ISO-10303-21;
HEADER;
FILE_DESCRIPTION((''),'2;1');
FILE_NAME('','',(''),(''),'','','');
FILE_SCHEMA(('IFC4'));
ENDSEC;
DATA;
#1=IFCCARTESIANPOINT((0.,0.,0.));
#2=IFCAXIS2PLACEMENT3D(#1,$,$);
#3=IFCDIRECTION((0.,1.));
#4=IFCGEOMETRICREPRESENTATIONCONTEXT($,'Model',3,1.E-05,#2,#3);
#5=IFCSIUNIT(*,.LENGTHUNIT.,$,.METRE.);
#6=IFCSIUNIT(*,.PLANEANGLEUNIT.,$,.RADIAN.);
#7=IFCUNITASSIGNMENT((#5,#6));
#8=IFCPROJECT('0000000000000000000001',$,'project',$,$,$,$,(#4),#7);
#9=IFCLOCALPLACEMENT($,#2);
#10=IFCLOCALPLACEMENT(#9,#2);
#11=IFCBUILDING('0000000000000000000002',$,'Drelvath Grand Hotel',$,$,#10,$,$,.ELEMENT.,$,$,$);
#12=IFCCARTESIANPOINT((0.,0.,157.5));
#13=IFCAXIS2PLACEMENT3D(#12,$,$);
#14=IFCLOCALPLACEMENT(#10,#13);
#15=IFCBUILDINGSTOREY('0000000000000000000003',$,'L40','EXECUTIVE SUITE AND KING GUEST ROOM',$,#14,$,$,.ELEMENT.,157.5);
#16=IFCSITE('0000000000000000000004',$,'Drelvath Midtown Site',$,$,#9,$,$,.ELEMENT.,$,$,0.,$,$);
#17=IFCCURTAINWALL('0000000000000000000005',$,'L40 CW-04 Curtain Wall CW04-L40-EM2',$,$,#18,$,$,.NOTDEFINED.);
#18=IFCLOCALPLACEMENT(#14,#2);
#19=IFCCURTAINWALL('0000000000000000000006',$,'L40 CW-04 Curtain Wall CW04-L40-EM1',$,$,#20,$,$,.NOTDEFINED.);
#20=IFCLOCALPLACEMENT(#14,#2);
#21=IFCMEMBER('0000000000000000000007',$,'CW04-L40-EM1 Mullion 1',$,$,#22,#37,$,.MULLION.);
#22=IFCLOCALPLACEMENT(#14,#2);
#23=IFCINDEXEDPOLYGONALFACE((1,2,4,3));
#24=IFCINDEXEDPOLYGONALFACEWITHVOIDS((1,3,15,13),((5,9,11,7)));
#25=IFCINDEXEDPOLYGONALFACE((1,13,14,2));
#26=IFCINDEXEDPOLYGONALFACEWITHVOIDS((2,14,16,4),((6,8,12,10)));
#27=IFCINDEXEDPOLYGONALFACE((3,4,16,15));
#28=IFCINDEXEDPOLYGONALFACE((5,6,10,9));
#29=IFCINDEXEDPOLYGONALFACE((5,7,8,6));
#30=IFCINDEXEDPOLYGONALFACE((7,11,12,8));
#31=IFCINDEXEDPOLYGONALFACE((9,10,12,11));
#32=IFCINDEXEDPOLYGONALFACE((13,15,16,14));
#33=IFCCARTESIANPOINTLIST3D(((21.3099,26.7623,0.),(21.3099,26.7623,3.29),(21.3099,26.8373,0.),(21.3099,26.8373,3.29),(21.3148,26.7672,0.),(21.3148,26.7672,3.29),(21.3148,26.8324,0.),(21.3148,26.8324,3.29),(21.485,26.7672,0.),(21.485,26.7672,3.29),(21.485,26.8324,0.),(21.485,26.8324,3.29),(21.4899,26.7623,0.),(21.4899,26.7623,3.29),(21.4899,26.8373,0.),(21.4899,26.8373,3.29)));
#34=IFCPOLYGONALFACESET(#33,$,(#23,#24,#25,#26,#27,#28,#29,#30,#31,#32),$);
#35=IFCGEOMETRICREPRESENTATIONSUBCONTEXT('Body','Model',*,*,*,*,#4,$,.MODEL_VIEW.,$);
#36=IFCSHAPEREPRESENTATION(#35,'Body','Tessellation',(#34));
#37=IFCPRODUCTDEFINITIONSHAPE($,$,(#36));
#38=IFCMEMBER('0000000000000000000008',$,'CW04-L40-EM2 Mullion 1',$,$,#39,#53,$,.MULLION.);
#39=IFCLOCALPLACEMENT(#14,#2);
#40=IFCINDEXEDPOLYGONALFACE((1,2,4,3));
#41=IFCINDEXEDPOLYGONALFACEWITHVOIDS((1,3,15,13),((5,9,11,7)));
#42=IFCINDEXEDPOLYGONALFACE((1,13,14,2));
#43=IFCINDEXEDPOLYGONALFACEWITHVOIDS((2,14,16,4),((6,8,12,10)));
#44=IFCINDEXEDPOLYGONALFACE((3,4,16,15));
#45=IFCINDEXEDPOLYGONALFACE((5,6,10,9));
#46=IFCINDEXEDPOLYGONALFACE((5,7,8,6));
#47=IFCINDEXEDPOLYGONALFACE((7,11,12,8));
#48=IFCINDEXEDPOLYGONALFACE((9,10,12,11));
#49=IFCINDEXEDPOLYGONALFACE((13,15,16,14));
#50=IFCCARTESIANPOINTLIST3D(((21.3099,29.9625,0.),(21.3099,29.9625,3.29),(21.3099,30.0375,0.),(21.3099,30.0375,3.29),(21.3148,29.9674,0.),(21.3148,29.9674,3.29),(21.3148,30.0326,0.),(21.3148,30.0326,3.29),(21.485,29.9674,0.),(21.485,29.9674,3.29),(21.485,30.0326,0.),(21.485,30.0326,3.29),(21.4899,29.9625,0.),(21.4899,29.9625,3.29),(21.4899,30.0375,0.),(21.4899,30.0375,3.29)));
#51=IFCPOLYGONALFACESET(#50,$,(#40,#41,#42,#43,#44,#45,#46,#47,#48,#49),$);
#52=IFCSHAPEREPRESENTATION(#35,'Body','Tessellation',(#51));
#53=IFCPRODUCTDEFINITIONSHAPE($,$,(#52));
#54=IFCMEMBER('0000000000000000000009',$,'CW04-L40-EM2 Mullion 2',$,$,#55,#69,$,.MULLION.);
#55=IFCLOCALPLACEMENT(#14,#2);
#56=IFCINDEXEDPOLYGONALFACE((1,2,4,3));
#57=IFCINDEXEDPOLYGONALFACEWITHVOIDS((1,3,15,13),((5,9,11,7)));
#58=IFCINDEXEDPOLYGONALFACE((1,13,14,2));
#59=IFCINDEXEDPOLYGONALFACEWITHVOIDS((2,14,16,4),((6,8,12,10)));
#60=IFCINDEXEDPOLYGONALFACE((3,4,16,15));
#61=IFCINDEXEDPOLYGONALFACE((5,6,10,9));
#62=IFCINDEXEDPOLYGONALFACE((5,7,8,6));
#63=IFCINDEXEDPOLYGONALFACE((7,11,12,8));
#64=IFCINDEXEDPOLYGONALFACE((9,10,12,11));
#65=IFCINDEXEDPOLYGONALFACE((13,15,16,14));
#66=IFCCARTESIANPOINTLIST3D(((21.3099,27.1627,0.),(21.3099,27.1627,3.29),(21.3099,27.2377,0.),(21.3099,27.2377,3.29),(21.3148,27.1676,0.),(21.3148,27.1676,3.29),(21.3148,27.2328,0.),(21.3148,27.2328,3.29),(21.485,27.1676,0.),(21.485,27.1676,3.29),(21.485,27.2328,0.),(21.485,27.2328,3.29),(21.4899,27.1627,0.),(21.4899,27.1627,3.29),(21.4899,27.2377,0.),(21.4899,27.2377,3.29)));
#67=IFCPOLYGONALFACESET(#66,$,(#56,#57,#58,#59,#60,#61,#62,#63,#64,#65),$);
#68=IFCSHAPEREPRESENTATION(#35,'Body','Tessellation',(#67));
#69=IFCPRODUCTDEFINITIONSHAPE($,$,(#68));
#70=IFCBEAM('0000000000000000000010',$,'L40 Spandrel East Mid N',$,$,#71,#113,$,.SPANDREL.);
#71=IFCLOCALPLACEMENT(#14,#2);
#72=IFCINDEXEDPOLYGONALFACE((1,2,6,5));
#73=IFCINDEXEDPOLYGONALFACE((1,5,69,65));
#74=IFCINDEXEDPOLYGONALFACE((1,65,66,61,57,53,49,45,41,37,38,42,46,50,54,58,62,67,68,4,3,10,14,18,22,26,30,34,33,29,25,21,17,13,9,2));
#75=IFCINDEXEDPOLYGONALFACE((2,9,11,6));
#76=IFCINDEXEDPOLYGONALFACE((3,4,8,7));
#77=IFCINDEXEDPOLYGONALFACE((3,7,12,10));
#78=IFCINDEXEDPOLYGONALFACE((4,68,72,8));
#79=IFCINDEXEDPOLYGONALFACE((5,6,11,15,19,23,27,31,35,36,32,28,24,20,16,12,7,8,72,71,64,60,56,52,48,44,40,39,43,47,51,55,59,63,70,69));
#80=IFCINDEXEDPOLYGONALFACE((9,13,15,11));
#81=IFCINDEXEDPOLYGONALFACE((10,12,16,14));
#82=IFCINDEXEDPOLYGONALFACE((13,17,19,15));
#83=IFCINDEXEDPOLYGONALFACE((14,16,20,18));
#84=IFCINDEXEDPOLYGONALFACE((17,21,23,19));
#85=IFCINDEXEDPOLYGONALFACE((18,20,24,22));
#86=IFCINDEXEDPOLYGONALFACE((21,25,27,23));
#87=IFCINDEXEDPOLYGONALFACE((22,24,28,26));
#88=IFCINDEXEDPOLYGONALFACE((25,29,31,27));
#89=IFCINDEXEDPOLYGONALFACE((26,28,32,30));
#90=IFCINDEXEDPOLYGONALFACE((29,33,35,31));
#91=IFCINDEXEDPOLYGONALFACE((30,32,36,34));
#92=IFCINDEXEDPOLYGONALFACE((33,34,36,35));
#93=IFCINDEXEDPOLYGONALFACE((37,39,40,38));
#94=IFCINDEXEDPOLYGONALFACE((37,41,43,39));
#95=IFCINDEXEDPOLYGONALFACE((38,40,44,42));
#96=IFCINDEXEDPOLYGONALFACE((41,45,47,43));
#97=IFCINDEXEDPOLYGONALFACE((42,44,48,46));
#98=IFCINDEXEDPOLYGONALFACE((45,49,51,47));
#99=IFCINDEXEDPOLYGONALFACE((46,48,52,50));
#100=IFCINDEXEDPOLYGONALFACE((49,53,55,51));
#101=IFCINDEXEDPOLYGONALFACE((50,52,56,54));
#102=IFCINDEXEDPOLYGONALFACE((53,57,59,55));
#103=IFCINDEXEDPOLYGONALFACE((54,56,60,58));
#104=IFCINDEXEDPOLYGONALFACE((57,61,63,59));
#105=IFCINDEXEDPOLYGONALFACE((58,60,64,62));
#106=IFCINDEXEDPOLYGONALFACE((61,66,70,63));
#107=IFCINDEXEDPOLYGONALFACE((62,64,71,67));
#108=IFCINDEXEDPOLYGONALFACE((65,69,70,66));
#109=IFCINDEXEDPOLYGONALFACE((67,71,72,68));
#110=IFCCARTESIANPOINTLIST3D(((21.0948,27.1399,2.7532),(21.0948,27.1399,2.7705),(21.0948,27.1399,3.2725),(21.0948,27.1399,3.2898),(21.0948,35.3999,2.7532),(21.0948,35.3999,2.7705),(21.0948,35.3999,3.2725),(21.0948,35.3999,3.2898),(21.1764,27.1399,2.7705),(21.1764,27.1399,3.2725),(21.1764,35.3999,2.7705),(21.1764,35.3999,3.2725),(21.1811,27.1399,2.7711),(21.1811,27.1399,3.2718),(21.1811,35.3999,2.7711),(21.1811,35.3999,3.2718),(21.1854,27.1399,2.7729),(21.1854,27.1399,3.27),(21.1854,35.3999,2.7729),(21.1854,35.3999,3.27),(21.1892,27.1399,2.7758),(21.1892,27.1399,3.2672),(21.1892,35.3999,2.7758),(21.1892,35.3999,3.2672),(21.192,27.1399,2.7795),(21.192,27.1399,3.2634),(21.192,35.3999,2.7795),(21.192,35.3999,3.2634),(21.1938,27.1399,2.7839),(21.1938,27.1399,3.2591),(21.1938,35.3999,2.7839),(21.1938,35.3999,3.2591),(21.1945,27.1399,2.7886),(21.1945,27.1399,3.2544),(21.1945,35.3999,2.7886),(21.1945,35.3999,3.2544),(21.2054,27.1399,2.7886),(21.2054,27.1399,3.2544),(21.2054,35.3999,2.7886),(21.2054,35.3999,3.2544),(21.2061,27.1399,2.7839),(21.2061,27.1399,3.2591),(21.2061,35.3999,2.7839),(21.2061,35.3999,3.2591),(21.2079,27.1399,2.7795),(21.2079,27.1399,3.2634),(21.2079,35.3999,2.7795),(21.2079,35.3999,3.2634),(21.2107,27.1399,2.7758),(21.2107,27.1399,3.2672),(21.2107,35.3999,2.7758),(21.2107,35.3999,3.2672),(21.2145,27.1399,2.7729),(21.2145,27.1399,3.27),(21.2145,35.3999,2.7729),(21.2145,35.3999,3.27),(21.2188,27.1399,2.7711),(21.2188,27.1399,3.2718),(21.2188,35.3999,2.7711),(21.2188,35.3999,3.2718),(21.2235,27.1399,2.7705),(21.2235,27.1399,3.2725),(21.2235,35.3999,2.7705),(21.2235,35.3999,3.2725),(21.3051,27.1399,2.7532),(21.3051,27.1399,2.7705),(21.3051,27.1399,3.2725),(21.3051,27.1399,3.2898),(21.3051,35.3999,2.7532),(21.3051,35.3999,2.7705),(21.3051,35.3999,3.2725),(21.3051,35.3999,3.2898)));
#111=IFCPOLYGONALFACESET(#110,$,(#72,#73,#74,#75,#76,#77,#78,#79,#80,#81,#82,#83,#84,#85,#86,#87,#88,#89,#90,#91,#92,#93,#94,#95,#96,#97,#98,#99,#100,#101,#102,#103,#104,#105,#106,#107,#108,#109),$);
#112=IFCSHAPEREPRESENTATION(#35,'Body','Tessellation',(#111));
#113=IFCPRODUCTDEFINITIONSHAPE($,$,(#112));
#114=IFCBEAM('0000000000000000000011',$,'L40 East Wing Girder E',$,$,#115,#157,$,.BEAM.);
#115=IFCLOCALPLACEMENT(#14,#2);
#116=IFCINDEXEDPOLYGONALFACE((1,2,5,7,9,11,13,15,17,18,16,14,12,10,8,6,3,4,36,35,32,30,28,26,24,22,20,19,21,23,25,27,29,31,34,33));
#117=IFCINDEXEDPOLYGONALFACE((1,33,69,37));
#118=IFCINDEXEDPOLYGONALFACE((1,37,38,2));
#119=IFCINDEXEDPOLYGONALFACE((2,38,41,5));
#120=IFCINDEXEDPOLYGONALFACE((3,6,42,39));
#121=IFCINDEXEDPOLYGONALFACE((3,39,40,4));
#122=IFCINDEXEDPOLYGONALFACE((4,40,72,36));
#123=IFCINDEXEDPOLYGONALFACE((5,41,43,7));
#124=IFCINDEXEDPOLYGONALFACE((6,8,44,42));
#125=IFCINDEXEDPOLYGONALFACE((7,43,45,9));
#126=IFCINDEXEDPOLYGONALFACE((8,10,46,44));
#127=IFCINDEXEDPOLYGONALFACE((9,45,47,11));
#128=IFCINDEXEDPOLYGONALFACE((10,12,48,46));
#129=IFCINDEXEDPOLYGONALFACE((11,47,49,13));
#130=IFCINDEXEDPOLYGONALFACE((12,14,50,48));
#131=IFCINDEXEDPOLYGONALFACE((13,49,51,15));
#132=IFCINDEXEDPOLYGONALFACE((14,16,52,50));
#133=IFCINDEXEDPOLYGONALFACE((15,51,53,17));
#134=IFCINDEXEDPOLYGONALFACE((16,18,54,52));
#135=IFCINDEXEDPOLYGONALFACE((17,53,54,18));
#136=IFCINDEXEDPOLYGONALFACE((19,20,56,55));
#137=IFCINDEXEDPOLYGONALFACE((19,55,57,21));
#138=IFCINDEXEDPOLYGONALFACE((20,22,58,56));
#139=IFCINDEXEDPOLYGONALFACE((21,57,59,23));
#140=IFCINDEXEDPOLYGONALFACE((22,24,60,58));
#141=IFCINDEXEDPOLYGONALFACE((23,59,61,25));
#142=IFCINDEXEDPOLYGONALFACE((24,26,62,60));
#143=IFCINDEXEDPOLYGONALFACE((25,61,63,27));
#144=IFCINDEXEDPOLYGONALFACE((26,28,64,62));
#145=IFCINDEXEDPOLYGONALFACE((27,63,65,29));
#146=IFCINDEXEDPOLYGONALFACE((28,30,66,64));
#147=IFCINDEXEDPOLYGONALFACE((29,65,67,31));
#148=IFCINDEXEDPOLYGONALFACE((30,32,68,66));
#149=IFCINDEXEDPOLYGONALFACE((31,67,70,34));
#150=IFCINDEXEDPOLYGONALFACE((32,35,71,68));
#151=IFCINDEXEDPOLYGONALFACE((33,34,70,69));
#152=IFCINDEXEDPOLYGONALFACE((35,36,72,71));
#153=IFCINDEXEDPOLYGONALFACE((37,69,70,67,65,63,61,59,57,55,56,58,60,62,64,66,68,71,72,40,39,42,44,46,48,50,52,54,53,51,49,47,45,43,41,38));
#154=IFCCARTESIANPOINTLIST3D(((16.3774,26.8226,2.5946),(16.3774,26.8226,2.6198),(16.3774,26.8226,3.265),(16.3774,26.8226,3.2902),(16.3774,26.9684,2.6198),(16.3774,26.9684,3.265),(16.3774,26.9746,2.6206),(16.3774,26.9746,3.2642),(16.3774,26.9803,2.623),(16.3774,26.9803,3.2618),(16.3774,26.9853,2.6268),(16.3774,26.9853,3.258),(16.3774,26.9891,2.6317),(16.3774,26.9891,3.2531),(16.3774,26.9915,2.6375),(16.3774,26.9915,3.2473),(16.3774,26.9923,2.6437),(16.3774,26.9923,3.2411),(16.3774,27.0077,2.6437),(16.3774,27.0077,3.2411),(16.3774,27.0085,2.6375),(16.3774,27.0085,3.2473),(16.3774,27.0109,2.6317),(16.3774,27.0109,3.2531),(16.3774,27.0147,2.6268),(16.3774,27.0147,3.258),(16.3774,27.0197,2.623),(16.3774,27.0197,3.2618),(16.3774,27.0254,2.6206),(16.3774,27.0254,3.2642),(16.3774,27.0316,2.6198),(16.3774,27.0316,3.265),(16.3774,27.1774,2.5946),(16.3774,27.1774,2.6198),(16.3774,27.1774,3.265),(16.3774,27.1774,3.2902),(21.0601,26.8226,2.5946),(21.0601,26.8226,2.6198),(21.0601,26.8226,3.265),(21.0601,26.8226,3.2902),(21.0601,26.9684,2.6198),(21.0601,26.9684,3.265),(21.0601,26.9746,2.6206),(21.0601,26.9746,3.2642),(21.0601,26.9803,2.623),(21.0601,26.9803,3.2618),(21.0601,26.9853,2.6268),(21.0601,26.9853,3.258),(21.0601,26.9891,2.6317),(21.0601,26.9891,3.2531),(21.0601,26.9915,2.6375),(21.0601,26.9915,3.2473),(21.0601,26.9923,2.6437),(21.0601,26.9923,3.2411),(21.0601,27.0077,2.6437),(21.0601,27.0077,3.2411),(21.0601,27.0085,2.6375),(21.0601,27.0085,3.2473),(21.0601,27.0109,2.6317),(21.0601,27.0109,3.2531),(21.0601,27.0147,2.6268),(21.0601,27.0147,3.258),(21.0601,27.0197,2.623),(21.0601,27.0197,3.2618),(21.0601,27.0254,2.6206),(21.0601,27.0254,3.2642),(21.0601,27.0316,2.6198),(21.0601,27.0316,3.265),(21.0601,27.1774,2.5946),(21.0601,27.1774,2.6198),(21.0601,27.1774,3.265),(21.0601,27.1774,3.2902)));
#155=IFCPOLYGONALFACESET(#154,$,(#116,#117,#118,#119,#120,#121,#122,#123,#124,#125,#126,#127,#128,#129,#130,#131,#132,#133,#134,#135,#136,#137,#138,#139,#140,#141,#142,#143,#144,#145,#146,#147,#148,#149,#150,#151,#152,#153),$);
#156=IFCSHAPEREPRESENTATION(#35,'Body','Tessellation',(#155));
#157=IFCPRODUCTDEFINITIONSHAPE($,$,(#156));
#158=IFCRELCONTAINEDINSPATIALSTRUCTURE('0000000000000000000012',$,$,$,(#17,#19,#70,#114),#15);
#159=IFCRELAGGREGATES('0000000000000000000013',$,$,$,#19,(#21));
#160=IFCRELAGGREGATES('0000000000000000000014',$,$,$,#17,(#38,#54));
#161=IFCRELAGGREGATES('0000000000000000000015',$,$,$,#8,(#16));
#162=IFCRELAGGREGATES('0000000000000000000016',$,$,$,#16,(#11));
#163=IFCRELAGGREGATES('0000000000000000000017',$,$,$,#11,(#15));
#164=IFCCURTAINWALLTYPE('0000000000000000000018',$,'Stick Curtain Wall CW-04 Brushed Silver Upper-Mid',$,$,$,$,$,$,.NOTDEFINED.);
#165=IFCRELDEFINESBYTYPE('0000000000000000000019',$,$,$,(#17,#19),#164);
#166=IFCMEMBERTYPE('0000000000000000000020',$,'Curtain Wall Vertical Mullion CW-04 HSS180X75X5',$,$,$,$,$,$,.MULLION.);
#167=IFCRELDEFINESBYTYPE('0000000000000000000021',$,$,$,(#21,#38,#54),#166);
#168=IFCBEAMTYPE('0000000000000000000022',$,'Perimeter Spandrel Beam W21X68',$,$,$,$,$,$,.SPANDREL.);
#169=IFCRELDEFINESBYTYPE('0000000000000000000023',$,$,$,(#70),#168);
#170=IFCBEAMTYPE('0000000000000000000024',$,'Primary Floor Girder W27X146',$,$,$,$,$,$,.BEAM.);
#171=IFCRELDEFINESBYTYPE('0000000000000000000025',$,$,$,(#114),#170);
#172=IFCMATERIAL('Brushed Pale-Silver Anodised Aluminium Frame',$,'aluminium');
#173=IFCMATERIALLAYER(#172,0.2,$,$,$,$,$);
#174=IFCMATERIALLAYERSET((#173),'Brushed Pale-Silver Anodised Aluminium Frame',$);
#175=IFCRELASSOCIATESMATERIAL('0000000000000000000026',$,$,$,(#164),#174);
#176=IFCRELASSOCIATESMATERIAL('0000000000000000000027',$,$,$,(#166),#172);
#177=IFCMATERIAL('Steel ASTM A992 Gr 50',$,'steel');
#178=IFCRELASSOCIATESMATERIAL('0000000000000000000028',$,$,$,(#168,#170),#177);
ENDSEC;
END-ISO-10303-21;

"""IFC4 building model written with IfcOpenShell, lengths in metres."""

from ifc_helpers import new_model, si_unit, direction, frame, origin, origin_2d, place, context, subcontext, project, spatial, hollow_rectangle, i_section, extrude, material, layer, layer_set, material_profile, profile_set, type_object, element, aggregate, save


model = new_model("IFC4")

# Units and contexts
model_context = context("Model", 3, precision=1e-05, world=origin(), true_north=direction((0.0, 1.0)))
body_context = subcontext(model_context, "Body", "Model", "MODEL_VIEW")
ifc_project = project(units=[si_unit("LENGTHUNIT", "METRE"), si_unit("PLANEANGLEUNIT", "RADIAN")], contexts=[model_context])

# Site, building, storey
site_placement = place(None, origin())
site = spatial("IfcSite", under=ifc_project, at=site_placement, Name="Drelvath Midtown Site", CompositionType="ELEMENT", RefElevation=0.0)
building_placement = place(site_placement, origin())
building = spatial("IfcBuilding", under=site, at=building_placement, Name="Drelvath Grand Hotel", CompositionType="ELEMENT")
storey_placement = place(building_placement, frame((0.0, 0.0, 157.5)))
storey = spatial("IfcBuildingStorey", under=building, at=storey_placement, Name="L40", Description="EXECUTIVE SUITE AND KING GUEST ROOM", CompositionType="ELEMENT", Elevation=157.5)

# Curtain wall
ifc_material_1 = material(Name="Brushed Pale-Silver Anodised Aluminium Frame", Category="aluminium")
ifc_layer_1 = layer(ifc_material_1, 0.2)
ifc_layer_set_1 = layer_set([ifc_layer_1], Name="Brushed Pale-Silver Anodised Aluminium Frame")
curtain_wall_type = type_object("IfcCurtainWallType", Name="Stick Curtain Wall CW-04 Brushed Silver Upper-Mid", PredefinedType="NOTDEFINED", material=ifc_layer_set_1)
curtain_wall_1_placement = place(storey_placement, origin())
curtain_wall_1 = element("IfcCurtainWall", 1, at=curtain_wall_1_placement, inside=storey, type_object=curtain_wall_type, Name="L40 CW-04 Curtain Wall CW04-L40-EM2", PredefinedType="NOTDEFINED")

# Shared definitions
ifc_material_profile_1 = material_profile(ifc_material_1, hollow_rectangle(XDim=0.075, YDim=0.1799, WallThickness=0.0049, at=origin_2d()), Name="HSS180X75X5")
ifc_profile_set_1 = profile_set([ifc_material_profile_1], Name="Brushed Pale-Silver Anodised Aluminium Frame")
member_type_1 = type_object("IfcMemberType", Name="Curtain Wall Vertical Mullion CW-04 HSS180X75X5", PredefinedType="MULLION", material=ifc_profile_set_1)

# Curtain wall, member
curtain_wall_2_placement = place(storey_placement, origin())
curtain_wall_2 = element("IfcCurtainWall", 2, at=curtain_wall_2_placement, inside=storey, type_object=curtain_wall_type, Name="L40 CW-04 Curtain Wall CW04-L40-EM1", PredefinedType="NOTDEFINED")
member_1_placement = place(storey_placement, frame((21.3999, 26.7998, 0.0), z_axis=(0.0, 0.0, 1.0), x_axis=(0.0, 1.0, 0.0)))
member_1 = element("IfcMember", 3, at=member_1_placement, type_object=member_type_1, Name="CW04-L40-EM1 Mullion 1", PredefinedType="MULLION", context=body_context, shape_type="SweptSolid", body=[
    extrude(hollow_rectangle(XDim=0.075, YDim=0.1799, WallThickness=0.0049, at=origin_2d()), origin(), (0.0, 0.0, 1.0), 3.29),
])
aggregate(curtain_wall_2, [member_1])

# Members
member_2_placement = place(storey_placement, frame((21.3999, 30.0, 0.0), z_axis=(0.0, 0.0, 1.0), x_axis=(0.0, 1.0, 0.0)))
member_2 = element("IfcMember", 4, at=member_2_placement, type_object=member_type_1, Name="CW04-L40-EM2 Mullion 1", PredefinedType="MULLION", context=body_context, shape_type="SweptSolid", body=[
    extrude(hollow_rectangle(XDim=0.075, YDim=0.1799, WallThickness=0.0049, at=origin_2d()), origin(), (0.0, 0.0, 1.0), 3.29),
])
member_3_placement = place(storey_placement, frame((21.3999, 27.2002, 0.0), z_axis=(0.0, 0.0, 1.0), x_axis=(0.0, 1.0, 0.0)))
member_3 = element("IfcMember", 5, at=member_3_placement, type_object=member_type_1, Name="CW04-L40-EM2 Mullion 2", PredefinedType="MULLION", context=body_context, shape_type="SweptSolid", body=[
    extrude(hollow_rectangle(XDim=0.075, YDim=0.1799, WallThickness=0.0049, at=origin_2d()), origin(), (0.0, 0.0, 1.0), 3.29),
])

# Beams
ifc_material_2 = material(Name="Steel ASTM A992 Gr 50", Category="steel")
ifc_material_profile_2 = material_profile(ifc_material_2, i_section(OverallWidth=0.2102, OverallDepth=0.5366, WebThickness=0.011, FlangeThickness=0.0173, FilletRadius=0.0181, at=origin_2d()), Name="W21X68")
ifc_profile_set_2 = profile_set([ifc_material_profile_2], Name="Steel ASTM A992 Gr 50")
beam_type_1 = type_object("IfcBeamType", Name="Perimeter Spandrel Beam W21X68", PredefinedType="SPANDREL", material=ifc_profile_set_2)
beam_1_placement = place(storey_placement, frame((21.2, 27.1399, 3.0215), z_axis=(0.0, 1.0, 0.0), x_axis=(-1.0, 0.0, 0.0)))
element("IfcBeam", 6, at=beam_1_placement, inside=storey, type_object=beam_type_1, Name="L40 Spandrel East Mid N", PredefinedType="SPANDREL", context=body_context, shape_type="SweptSolid", body=[
    extrude(i_section(OverallWidth=0.2102, OverallDepth=0.5366, WebThickness=0.011, FlangeThickness=0.0173, FilletRadius=0.0181, at=origin_2d()), origin(), (0.0, 0.0, 1.0), 8.26),
])
ifc_material_profile_3 = material_profile(ifc_material_2, i_section(OverallWidth=0.3547, OverallDepth=0.6956, WebThickness=0.0154, FlangeThickness=0.0251, FilletRadius=0.0239, at=origin_2d()), Name="W27X146")
ifc_profile_set_3 = profile_set([ifc_material_profile_3], Name="Steel ASTM A992 Gr 50")
beam_type_2 = type_object("IfcBeamType", Name="Primary Floor Girder W27X146", PredefinedType="BEAM", material=ifc_profile_set_3)
beam_2_placement = place(storey_placement, frame((16.3774, 27.0, 2.9424), z_axis=(1.0, 0.0, 0.0), x_axis=(0.0, 1.0, 0.0)))
element("IfcBeam", 7, at=beam_2_placement, inside=storey, type_object=beam_type_2, Name="L40 East Wing Girder E", PredefinedType="BEAM", context=body_context, shape_type="SweptSolid", body=[
    extrude(i_section(OverallWidth=0.3547, OverallDepth=0.6956, WebThickness=0.0154, FlangeThickness=0.0251, FilletRadius=0.0239, at=origin_2d()), origin(), (0.0, 0.0, 1.0), 4.6826),
])

aggregate(curtain_wall_1, [member_2, member_3])

save(model, "model.ifc")
